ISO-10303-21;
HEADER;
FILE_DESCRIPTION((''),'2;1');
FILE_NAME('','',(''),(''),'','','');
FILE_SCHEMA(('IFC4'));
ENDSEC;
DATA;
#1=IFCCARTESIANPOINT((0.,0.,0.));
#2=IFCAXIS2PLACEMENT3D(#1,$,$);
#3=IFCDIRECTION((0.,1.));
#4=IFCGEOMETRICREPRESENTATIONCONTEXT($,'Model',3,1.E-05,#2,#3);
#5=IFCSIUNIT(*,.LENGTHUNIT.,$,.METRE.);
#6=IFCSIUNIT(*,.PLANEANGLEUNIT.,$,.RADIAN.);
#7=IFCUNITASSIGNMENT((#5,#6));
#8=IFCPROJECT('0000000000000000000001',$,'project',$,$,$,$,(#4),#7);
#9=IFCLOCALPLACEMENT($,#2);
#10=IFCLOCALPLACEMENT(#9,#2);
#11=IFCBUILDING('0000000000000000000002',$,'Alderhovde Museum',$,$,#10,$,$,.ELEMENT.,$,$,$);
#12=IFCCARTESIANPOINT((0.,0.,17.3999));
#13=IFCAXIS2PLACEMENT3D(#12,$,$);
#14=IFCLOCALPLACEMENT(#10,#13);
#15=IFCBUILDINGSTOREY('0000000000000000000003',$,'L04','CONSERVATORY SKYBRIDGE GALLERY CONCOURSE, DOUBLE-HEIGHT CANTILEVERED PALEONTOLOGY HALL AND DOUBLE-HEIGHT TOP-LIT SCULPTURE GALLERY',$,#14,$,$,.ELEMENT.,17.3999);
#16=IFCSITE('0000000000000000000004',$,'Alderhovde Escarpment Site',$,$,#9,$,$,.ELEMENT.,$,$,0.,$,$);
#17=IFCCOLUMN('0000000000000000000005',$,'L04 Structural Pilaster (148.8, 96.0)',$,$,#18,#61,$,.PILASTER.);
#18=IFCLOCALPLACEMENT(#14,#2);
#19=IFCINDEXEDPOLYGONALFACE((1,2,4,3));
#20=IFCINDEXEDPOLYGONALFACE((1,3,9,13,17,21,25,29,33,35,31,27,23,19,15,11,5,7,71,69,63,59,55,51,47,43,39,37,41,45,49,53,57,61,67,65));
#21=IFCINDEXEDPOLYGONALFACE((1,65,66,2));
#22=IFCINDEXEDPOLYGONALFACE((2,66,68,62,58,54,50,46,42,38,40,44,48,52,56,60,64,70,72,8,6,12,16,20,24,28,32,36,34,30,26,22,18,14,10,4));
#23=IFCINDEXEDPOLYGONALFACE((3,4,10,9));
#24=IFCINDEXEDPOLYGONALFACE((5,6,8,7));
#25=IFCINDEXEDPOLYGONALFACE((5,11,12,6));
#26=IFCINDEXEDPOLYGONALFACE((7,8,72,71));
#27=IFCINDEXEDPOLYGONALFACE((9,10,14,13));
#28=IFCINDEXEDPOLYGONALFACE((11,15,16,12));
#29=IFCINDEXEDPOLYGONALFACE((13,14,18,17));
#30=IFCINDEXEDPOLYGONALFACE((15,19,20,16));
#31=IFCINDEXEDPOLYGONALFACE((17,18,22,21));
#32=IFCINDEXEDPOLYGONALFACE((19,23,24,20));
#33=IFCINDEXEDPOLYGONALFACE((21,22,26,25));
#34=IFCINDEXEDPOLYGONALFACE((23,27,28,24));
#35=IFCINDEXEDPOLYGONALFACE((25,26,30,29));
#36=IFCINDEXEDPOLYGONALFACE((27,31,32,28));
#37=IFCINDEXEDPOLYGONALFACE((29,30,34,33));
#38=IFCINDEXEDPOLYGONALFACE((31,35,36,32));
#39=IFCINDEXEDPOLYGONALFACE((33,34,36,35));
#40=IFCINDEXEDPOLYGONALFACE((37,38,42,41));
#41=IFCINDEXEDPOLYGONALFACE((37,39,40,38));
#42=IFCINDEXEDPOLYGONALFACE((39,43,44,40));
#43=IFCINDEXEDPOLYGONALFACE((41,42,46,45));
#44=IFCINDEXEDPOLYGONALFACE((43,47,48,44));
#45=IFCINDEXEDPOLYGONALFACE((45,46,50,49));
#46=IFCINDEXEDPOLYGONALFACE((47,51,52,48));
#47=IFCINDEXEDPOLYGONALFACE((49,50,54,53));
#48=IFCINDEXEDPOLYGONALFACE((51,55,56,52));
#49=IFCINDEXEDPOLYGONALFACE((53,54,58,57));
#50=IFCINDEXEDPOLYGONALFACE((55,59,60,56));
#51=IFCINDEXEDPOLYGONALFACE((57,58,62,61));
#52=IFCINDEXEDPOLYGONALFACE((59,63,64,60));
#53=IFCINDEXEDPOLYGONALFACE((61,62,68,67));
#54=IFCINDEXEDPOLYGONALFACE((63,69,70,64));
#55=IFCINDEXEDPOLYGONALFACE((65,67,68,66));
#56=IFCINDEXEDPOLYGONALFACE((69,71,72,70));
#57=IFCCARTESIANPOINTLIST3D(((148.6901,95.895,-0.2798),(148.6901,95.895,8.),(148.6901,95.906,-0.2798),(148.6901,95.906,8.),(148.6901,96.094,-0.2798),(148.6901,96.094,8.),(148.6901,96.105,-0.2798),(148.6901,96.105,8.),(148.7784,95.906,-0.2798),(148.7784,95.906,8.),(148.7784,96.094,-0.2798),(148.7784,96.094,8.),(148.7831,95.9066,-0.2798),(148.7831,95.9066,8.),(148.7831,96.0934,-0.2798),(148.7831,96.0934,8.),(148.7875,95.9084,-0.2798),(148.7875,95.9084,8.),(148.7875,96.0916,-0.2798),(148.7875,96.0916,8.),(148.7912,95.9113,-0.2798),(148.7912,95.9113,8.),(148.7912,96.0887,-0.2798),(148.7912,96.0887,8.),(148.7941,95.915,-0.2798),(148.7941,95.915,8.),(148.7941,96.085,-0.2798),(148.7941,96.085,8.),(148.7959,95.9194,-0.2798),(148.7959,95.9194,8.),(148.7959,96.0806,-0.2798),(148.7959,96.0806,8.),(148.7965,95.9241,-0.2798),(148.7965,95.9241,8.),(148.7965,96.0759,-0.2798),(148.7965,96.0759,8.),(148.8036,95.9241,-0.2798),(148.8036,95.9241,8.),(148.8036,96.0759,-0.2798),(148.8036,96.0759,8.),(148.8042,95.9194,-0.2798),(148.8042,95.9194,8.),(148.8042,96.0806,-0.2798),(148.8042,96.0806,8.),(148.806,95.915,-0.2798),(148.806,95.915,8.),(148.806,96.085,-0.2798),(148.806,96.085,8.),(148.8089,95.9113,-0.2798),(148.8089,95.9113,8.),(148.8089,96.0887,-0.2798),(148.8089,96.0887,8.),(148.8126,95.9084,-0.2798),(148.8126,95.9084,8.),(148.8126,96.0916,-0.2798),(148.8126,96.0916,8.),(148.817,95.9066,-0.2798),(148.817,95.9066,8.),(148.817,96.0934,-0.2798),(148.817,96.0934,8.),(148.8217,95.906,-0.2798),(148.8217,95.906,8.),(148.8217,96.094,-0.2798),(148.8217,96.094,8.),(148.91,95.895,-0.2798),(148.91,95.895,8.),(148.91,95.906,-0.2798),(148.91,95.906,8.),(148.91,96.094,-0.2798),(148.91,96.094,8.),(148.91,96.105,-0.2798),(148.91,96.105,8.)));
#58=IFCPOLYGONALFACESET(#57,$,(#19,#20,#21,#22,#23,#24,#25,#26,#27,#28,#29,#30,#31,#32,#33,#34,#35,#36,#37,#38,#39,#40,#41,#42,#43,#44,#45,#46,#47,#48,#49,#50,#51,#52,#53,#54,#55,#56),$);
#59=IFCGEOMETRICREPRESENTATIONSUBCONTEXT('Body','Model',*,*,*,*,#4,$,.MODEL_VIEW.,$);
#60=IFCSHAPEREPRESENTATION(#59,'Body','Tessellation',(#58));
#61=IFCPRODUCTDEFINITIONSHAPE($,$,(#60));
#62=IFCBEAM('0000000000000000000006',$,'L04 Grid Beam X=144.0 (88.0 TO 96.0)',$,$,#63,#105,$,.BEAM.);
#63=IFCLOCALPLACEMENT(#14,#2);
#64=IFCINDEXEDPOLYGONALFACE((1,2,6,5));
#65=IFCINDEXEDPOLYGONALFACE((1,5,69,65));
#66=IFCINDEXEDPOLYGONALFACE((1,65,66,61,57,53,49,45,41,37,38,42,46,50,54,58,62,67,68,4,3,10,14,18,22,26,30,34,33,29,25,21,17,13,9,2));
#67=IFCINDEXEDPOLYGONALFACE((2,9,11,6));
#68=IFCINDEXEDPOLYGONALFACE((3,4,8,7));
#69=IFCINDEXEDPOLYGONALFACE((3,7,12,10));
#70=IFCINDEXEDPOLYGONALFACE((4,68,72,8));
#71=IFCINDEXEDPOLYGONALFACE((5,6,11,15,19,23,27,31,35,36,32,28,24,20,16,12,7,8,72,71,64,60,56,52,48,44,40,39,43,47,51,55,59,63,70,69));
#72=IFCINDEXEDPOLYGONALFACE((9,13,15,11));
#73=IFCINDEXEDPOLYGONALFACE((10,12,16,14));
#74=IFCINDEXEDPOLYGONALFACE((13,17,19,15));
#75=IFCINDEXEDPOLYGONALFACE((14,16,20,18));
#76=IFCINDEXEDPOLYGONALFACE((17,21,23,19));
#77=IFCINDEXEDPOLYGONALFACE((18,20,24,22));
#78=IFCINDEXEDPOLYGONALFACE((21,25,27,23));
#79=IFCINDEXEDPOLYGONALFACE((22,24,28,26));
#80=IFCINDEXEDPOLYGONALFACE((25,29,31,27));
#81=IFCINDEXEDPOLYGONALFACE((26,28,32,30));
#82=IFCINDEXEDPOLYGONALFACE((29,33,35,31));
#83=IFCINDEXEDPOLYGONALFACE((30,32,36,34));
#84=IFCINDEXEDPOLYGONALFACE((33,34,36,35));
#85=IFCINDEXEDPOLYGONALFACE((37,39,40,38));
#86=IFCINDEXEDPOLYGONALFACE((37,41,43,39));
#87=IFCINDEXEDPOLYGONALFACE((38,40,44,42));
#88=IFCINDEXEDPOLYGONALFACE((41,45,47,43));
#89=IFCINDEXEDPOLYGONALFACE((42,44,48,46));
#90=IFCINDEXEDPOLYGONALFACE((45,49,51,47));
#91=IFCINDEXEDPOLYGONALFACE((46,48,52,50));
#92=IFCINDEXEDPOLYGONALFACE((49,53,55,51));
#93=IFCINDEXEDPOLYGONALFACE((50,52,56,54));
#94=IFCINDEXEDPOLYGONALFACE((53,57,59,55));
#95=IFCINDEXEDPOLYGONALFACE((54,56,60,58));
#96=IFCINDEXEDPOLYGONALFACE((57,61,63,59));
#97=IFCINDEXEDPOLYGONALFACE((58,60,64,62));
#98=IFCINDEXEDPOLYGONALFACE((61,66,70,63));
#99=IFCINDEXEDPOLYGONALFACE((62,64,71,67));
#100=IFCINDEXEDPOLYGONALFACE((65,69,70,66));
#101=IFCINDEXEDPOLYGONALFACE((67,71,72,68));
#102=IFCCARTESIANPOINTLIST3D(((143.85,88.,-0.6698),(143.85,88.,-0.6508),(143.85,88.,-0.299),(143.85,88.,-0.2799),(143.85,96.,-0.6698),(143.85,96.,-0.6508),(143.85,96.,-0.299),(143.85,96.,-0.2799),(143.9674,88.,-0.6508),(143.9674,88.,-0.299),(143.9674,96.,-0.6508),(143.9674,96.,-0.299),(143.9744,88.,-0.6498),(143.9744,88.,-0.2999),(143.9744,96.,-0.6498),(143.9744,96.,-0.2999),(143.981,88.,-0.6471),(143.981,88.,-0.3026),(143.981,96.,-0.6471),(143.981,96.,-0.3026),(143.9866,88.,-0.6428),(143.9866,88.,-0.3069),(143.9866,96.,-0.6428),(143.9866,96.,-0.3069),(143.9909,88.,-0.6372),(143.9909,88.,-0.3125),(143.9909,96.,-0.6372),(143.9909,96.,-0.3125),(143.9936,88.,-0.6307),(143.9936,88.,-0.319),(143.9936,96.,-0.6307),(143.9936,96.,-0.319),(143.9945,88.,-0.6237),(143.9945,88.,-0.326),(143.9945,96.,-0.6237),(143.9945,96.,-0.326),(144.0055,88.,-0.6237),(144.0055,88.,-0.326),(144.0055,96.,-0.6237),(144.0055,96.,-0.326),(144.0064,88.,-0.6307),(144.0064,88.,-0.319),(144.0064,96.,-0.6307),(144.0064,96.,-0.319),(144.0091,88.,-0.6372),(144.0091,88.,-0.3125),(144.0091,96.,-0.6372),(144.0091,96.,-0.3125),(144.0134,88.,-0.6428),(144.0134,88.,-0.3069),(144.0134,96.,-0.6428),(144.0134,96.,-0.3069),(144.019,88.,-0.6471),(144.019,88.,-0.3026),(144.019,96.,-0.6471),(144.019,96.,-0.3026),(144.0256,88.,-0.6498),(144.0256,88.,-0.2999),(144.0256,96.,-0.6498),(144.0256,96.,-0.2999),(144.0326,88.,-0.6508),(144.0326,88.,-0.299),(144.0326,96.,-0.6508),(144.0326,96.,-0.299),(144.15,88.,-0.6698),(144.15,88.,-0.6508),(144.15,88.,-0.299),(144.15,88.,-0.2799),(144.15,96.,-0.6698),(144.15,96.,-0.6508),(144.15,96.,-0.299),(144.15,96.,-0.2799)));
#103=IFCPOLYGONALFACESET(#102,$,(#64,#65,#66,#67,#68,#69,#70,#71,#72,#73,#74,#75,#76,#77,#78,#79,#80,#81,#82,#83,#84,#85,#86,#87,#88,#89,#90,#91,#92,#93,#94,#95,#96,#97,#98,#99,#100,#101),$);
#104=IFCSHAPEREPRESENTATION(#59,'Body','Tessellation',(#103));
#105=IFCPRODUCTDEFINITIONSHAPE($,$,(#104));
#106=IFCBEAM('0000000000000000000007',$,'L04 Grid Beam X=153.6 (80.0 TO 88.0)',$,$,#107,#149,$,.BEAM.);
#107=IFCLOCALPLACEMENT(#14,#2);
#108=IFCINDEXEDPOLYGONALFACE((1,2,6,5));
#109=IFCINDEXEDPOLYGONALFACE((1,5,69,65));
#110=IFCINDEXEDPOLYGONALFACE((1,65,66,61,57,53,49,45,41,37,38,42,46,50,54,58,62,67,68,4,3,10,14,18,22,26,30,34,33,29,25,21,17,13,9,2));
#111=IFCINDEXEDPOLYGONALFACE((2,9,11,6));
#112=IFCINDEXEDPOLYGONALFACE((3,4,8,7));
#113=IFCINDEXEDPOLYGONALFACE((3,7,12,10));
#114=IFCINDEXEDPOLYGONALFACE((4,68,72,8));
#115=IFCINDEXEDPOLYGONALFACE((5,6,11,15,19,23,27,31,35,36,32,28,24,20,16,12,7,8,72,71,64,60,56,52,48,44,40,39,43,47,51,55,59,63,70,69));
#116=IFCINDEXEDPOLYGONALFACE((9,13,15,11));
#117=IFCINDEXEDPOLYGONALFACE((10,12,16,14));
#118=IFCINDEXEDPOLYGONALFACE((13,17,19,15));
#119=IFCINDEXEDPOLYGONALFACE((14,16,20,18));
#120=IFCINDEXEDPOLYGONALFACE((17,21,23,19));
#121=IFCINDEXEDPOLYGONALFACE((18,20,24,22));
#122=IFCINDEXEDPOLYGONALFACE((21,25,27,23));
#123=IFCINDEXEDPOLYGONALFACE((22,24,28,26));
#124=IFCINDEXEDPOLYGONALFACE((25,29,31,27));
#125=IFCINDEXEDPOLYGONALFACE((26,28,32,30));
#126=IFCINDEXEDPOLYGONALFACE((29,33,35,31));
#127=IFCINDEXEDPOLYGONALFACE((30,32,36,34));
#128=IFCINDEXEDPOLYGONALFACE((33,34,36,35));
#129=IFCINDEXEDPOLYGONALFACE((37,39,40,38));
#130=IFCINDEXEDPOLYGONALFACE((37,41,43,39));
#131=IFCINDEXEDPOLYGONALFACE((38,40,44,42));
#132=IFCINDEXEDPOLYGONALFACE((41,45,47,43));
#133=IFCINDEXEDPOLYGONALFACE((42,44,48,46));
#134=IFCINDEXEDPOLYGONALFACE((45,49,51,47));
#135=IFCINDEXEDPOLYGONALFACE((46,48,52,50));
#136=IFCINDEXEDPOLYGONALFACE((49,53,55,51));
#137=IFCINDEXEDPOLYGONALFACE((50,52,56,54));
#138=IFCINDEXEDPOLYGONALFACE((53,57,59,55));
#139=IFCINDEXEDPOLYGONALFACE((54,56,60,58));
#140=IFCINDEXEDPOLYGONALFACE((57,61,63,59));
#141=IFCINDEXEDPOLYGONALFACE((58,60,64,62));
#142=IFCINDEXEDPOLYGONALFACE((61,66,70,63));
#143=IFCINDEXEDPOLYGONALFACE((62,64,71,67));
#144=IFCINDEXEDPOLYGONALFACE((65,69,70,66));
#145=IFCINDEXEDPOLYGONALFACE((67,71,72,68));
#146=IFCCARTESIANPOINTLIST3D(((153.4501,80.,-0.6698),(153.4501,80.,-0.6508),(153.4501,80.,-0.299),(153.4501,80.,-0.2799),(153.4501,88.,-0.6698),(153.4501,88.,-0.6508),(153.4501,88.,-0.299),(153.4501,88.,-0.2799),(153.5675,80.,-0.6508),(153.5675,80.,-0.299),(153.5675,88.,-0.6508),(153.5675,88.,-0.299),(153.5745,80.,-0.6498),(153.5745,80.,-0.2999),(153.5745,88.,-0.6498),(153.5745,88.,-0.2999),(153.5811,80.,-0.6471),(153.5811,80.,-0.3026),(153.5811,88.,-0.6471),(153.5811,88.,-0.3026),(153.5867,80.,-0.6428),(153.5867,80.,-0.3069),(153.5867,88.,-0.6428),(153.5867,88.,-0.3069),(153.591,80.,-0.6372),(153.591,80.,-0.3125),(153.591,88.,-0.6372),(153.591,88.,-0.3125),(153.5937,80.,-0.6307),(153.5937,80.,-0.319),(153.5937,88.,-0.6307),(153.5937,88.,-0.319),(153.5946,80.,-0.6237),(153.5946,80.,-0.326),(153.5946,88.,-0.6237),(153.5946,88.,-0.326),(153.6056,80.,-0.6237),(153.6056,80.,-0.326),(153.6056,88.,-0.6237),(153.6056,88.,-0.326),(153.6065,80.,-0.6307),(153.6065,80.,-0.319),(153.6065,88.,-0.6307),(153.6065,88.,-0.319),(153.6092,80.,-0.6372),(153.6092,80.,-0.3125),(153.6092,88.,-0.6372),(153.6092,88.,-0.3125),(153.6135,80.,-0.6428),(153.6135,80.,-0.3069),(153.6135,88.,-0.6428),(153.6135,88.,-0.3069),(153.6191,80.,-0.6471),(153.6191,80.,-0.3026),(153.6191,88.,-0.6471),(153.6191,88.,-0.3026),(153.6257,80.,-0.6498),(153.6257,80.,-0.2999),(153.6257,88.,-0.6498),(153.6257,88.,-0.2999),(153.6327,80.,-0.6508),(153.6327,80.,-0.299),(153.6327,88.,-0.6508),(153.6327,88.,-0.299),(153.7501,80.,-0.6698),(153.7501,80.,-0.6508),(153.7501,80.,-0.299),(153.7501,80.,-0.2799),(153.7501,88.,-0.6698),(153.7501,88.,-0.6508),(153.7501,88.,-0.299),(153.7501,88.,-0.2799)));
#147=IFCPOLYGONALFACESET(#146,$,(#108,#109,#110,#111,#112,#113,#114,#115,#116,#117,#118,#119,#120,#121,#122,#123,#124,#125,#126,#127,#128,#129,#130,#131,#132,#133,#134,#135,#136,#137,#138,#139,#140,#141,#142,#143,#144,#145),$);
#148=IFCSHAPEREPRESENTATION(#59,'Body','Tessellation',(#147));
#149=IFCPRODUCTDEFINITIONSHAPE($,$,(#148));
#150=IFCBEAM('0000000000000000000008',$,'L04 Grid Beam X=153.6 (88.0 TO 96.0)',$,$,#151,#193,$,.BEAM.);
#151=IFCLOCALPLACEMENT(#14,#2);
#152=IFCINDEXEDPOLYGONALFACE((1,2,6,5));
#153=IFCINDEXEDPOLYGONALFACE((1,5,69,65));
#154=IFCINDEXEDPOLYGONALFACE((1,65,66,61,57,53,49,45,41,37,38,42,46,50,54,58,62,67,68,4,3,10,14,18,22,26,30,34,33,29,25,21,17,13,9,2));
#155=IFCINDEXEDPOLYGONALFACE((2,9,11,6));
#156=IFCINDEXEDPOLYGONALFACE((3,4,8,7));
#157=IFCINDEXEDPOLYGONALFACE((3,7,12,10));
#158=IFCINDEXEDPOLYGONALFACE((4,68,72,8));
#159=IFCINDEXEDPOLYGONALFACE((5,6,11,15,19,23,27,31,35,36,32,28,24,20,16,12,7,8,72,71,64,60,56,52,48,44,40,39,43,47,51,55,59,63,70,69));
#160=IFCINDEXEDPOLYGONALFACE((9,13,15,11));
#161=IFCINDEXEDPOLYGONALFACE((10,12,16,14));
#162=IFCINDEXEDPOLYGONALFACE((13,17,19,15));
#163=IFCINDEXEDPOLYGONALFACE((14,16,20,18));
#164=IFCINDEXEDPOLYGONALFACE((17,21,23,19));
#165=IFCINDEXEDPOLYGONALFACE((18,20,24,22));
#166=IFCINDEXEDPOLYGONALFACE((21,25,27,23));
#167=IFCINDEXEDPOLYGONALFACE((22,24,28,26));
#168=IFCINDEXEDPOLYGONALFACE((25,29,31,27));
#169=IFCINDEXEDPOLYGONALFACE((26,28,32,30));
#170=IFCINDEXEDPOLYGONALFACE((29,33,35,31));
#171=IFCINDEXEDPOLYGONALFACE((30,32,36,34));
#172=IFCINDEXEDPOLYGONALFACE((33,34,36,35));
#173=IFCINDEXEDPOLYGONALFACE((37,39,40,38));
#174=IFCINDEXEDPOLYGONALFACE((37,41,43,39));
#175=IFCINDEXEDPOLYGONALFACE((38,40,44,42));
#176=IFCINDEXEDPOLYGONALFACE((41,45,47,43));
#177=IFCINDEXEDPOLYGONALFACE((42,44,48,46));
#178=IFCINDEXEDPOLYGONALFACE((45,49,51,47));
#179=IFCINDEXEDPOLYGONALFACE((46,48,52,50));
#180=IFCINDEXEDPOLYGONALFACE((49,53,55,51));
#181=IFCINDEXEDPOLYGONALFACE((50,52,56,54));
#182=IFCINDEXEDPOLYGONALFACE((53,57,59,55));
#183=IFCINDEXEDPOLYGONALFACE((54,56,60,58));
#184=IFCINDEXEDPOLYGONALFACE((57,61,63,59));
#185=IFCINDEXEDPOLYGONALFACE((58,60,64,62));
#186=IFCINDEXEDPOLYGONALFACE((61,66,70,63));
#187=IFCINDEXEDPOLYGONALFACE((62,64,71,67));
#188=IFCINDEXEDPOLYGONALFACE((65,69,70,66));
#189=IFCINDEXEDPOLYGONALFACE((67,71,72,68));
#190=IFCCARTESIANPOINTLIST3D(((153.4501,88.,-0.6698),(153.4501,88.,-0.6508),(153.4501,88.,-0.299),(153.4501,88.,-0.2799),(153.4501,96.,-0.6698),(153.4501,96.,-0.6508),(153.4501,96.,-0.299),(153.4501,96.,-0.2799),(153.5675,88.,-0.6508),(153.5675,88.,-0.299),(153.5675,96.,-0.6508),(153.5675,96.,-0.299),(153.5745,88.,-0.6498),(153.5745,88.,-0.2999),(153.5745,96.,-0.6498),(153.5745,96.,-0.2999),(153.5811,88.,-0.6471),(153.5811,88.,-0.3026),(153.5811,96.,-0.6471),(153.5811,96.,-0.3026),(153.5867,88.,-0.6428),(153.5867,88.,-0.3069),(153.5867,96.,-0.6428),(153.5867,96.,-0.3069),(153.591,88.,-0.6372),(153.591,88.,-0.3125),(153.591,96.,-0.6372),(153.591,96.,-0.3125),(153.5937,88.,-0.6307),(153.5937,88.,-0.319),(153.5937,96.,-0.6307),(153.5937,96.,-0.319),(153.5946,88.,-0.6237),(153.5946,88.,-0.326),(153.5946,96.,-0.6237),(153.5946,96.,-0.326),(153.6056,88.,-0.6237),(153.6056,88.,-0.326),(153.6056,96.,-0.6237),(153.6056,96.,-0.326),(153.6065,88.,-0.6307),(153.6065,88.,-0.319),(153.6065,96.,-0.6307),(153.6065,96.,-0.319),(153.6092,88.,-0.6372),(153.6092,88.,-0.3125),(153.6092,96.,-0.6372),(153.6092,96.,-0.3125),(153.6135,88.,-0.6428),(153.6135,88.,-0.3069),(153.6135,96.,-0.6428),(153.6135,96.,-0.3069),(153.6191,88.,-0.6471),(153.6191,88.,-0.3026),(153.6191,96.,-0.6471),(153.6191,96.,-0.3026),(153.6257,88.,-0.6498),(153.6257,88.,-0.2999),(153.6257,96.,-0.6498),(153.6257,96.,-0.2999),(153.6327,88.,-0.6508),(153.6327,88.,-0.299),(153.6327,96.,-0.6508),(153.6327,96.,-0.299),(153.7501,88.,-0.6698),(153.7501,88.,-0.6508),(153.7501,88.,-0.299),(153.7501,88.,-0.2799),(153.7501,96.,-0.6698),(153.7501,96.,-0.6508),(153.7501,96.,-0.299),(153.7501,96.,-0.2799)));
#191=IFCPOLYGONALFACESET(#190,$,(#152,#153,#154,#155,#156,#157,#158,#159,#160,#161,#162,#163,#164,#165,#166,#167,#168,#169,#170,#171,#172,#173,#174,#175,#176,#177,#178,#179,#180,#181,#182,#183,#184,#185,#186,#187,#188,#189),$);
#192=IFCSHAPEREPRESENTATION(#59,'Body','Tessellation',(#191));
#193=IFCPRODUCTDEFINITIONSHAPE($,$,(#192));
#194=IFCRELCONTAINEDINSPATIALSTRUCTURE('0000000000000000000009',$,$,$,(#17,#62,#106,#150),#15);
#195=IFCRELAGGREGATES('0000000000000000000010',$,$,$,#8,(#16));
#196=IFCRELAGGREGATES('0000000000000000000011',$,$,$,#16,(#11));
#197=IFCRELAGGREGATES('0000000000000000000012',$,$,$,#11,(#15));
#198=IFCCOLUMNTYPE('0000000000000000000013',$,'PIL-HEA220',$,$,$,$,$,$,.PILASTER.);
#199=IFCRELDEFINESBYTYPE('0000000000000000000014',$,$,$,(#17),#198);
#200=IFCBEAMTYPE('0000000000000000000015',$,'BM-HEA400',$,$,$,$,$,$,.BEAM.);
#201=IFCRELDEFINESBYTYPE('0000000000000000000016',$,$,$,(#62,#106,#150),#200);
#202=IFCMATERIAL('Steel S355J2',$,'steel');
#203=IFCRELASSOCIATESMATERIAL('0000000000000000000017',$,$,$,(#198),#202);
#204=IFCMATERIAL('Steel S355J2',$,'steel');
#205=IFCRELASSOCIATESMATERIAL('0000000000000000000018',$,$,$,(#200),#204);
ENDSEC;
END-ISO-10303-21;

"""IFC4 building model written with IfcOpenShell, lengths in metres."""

from ifc_helpers import new_model, si_unit, direction, frame, origin, origin_2d, place, context, subcontext, project, spatial, i_section, extrude, material, material_profile, profile_set, type_object, element, save


model = new_model("IFC4")

# Units and contexts
model_context = context("Model", 3, precision=1e-05, world=origin(), true_north=direction((0.0, 1.0)))
body_context = subcontext(model_context, "Body", "Model", "MODEL_VIEW")
ifc_project = project(units=[si_unit("LENGTHUNIT", "METRE"), si_unit("PLANEANGLEUNIT", "RADIAN")], contexts=[model_context])

# Site, building, storey
site_placement = place(None, origin())
site = spatial("IfcSite", under=ifc_project, at=site_placement, Name="Alderhovde Escarpment Site", CompositionType="ELEMENT", RefElevation=0.0)
building_placement = place(site_placement, origin())
building = spatial("IfcBuilding", under=site, at=building_placement, Name="Alderhovde Museum", CompositionType="ELEMENT")
storey_placement = place(building_placement, frame((0.0, 0.0, 17.3999)))
storey = spatial("IfcBuildingStorey", under=building, at=storey_placement, Name="L04", Description="CONSERVATORY SKYBRIDGE GALLERY CONCOURSE, DOUBLE-HEIGHT CANTILEVERED PALEONTOLOGY HALL AND DOUBLE-HEIGHT TOP-LIT SCULPTURE GALLERY", CompositionType="ELEMENT", Elevation=17.3999)

# Column
ifc_material_1 = material(Name="Steel S355J2", Category="steel")
ifc_material_profile_1 = material_profile(ifc_material_1, i_section(OverallWidth=0.22, OverallDepth=0.21, WebThickness=0.0071, FlangeThickness=0.011, FilletRadius=0.0181, at=origin_2d()), Name="HEA 220")
ifc_profile_set_1 = profile_set([ifc_material_profile_1], Name="Steel S355J2")
column_type_1 = type_object("IfcColumnType", Name="PIL-HEA220", PredefinedType="PILASTER", material=ifc_profile_set_1)
column_placement = place(storey_placement, frame((148.8, 96.0, -0.2798), z_axis=(0.0, 0.0, 1.0), x_axis=(1.0, 0.0, 0.0)))
element("IfcColumn", 1, at=column_placement, inside=storey, type_object=column_type_1, Name="L04 Structural Pilaster (148.8, 96.0)", PredefinedType="PILASTER", context=body_context, shape_type="SweptSolid", body=[
    extrude(i_section(OverallWidth=0.22, OverallDepth=0.21, WebThickness=0.0071, FlangeThickness=0.011, FilletRadius=0.0181, at=origin_2d()), origin(), (0.0, 0.0, 1.0), 8.2798),
])

# Beams
ifc_material_2 = material(Name="Steel S355J2", Category="steel")
ifc_material_profile_2 = material_profile(ifc_material_2, i_section(OverallWidth=0.3, OverallDepth=0.3899, WebThickness=0.011, FlangeThickness=0.019, FilletRadius=0.0271, at=origin_2d()), Name="HEA 400")
ifc_profile_set_2 = profile_set([ifc_material_profile_2], Name="Steel S355J2")
beam_type_1 = type_object("IfcBeamType", Name="BM-HEA400", PredefinedType="BEAM", material=ifc_profile_set_2)
for number, where, z_axis, x_axis, name in (
    (2, (144.0, 88.0, -0.4749), (0.0, 1.0, 0.0), (-1.0, 0.0, 0.0), "L04 Grid Beam X=144.0 (88.0 TO 96.0)"),
    (3, (153.6001, 80.0, -0.4749), (0.0, 1.0, 0.0), (-1.0, 0.0, 0.0), "L04 Grid Beam X=153.6 (80.0 TO 88.0)"),
    (4, (153.6001, 88.0, -0.4749), (0.0, 1.0, 0.0), (-1.0, 0.0, 0.0), "L04 Grid Beam X=153.6 (88.0 TO 96.0)"),
):
    element("IfcBeam", number, at=place(storey_placement, frame(where, z_axis=z_axis, x_axis=x_axis)), inside=storey, type_object=beam_type_1, Name=name, PredefinedType="BEAM", context=body_context, shape_type="SweptSolid", body=[
        extrude(i_section(OverallWidth=0.3, OverallDepth=0.3899, WebThickness=0.011, FlangeThickness=0.019, FilletRadius=0.0271, at=origin_2d()), origin(), (0.0, 0.0, 1.0), 8.0),
    ])

save(model, "model.ifc")
